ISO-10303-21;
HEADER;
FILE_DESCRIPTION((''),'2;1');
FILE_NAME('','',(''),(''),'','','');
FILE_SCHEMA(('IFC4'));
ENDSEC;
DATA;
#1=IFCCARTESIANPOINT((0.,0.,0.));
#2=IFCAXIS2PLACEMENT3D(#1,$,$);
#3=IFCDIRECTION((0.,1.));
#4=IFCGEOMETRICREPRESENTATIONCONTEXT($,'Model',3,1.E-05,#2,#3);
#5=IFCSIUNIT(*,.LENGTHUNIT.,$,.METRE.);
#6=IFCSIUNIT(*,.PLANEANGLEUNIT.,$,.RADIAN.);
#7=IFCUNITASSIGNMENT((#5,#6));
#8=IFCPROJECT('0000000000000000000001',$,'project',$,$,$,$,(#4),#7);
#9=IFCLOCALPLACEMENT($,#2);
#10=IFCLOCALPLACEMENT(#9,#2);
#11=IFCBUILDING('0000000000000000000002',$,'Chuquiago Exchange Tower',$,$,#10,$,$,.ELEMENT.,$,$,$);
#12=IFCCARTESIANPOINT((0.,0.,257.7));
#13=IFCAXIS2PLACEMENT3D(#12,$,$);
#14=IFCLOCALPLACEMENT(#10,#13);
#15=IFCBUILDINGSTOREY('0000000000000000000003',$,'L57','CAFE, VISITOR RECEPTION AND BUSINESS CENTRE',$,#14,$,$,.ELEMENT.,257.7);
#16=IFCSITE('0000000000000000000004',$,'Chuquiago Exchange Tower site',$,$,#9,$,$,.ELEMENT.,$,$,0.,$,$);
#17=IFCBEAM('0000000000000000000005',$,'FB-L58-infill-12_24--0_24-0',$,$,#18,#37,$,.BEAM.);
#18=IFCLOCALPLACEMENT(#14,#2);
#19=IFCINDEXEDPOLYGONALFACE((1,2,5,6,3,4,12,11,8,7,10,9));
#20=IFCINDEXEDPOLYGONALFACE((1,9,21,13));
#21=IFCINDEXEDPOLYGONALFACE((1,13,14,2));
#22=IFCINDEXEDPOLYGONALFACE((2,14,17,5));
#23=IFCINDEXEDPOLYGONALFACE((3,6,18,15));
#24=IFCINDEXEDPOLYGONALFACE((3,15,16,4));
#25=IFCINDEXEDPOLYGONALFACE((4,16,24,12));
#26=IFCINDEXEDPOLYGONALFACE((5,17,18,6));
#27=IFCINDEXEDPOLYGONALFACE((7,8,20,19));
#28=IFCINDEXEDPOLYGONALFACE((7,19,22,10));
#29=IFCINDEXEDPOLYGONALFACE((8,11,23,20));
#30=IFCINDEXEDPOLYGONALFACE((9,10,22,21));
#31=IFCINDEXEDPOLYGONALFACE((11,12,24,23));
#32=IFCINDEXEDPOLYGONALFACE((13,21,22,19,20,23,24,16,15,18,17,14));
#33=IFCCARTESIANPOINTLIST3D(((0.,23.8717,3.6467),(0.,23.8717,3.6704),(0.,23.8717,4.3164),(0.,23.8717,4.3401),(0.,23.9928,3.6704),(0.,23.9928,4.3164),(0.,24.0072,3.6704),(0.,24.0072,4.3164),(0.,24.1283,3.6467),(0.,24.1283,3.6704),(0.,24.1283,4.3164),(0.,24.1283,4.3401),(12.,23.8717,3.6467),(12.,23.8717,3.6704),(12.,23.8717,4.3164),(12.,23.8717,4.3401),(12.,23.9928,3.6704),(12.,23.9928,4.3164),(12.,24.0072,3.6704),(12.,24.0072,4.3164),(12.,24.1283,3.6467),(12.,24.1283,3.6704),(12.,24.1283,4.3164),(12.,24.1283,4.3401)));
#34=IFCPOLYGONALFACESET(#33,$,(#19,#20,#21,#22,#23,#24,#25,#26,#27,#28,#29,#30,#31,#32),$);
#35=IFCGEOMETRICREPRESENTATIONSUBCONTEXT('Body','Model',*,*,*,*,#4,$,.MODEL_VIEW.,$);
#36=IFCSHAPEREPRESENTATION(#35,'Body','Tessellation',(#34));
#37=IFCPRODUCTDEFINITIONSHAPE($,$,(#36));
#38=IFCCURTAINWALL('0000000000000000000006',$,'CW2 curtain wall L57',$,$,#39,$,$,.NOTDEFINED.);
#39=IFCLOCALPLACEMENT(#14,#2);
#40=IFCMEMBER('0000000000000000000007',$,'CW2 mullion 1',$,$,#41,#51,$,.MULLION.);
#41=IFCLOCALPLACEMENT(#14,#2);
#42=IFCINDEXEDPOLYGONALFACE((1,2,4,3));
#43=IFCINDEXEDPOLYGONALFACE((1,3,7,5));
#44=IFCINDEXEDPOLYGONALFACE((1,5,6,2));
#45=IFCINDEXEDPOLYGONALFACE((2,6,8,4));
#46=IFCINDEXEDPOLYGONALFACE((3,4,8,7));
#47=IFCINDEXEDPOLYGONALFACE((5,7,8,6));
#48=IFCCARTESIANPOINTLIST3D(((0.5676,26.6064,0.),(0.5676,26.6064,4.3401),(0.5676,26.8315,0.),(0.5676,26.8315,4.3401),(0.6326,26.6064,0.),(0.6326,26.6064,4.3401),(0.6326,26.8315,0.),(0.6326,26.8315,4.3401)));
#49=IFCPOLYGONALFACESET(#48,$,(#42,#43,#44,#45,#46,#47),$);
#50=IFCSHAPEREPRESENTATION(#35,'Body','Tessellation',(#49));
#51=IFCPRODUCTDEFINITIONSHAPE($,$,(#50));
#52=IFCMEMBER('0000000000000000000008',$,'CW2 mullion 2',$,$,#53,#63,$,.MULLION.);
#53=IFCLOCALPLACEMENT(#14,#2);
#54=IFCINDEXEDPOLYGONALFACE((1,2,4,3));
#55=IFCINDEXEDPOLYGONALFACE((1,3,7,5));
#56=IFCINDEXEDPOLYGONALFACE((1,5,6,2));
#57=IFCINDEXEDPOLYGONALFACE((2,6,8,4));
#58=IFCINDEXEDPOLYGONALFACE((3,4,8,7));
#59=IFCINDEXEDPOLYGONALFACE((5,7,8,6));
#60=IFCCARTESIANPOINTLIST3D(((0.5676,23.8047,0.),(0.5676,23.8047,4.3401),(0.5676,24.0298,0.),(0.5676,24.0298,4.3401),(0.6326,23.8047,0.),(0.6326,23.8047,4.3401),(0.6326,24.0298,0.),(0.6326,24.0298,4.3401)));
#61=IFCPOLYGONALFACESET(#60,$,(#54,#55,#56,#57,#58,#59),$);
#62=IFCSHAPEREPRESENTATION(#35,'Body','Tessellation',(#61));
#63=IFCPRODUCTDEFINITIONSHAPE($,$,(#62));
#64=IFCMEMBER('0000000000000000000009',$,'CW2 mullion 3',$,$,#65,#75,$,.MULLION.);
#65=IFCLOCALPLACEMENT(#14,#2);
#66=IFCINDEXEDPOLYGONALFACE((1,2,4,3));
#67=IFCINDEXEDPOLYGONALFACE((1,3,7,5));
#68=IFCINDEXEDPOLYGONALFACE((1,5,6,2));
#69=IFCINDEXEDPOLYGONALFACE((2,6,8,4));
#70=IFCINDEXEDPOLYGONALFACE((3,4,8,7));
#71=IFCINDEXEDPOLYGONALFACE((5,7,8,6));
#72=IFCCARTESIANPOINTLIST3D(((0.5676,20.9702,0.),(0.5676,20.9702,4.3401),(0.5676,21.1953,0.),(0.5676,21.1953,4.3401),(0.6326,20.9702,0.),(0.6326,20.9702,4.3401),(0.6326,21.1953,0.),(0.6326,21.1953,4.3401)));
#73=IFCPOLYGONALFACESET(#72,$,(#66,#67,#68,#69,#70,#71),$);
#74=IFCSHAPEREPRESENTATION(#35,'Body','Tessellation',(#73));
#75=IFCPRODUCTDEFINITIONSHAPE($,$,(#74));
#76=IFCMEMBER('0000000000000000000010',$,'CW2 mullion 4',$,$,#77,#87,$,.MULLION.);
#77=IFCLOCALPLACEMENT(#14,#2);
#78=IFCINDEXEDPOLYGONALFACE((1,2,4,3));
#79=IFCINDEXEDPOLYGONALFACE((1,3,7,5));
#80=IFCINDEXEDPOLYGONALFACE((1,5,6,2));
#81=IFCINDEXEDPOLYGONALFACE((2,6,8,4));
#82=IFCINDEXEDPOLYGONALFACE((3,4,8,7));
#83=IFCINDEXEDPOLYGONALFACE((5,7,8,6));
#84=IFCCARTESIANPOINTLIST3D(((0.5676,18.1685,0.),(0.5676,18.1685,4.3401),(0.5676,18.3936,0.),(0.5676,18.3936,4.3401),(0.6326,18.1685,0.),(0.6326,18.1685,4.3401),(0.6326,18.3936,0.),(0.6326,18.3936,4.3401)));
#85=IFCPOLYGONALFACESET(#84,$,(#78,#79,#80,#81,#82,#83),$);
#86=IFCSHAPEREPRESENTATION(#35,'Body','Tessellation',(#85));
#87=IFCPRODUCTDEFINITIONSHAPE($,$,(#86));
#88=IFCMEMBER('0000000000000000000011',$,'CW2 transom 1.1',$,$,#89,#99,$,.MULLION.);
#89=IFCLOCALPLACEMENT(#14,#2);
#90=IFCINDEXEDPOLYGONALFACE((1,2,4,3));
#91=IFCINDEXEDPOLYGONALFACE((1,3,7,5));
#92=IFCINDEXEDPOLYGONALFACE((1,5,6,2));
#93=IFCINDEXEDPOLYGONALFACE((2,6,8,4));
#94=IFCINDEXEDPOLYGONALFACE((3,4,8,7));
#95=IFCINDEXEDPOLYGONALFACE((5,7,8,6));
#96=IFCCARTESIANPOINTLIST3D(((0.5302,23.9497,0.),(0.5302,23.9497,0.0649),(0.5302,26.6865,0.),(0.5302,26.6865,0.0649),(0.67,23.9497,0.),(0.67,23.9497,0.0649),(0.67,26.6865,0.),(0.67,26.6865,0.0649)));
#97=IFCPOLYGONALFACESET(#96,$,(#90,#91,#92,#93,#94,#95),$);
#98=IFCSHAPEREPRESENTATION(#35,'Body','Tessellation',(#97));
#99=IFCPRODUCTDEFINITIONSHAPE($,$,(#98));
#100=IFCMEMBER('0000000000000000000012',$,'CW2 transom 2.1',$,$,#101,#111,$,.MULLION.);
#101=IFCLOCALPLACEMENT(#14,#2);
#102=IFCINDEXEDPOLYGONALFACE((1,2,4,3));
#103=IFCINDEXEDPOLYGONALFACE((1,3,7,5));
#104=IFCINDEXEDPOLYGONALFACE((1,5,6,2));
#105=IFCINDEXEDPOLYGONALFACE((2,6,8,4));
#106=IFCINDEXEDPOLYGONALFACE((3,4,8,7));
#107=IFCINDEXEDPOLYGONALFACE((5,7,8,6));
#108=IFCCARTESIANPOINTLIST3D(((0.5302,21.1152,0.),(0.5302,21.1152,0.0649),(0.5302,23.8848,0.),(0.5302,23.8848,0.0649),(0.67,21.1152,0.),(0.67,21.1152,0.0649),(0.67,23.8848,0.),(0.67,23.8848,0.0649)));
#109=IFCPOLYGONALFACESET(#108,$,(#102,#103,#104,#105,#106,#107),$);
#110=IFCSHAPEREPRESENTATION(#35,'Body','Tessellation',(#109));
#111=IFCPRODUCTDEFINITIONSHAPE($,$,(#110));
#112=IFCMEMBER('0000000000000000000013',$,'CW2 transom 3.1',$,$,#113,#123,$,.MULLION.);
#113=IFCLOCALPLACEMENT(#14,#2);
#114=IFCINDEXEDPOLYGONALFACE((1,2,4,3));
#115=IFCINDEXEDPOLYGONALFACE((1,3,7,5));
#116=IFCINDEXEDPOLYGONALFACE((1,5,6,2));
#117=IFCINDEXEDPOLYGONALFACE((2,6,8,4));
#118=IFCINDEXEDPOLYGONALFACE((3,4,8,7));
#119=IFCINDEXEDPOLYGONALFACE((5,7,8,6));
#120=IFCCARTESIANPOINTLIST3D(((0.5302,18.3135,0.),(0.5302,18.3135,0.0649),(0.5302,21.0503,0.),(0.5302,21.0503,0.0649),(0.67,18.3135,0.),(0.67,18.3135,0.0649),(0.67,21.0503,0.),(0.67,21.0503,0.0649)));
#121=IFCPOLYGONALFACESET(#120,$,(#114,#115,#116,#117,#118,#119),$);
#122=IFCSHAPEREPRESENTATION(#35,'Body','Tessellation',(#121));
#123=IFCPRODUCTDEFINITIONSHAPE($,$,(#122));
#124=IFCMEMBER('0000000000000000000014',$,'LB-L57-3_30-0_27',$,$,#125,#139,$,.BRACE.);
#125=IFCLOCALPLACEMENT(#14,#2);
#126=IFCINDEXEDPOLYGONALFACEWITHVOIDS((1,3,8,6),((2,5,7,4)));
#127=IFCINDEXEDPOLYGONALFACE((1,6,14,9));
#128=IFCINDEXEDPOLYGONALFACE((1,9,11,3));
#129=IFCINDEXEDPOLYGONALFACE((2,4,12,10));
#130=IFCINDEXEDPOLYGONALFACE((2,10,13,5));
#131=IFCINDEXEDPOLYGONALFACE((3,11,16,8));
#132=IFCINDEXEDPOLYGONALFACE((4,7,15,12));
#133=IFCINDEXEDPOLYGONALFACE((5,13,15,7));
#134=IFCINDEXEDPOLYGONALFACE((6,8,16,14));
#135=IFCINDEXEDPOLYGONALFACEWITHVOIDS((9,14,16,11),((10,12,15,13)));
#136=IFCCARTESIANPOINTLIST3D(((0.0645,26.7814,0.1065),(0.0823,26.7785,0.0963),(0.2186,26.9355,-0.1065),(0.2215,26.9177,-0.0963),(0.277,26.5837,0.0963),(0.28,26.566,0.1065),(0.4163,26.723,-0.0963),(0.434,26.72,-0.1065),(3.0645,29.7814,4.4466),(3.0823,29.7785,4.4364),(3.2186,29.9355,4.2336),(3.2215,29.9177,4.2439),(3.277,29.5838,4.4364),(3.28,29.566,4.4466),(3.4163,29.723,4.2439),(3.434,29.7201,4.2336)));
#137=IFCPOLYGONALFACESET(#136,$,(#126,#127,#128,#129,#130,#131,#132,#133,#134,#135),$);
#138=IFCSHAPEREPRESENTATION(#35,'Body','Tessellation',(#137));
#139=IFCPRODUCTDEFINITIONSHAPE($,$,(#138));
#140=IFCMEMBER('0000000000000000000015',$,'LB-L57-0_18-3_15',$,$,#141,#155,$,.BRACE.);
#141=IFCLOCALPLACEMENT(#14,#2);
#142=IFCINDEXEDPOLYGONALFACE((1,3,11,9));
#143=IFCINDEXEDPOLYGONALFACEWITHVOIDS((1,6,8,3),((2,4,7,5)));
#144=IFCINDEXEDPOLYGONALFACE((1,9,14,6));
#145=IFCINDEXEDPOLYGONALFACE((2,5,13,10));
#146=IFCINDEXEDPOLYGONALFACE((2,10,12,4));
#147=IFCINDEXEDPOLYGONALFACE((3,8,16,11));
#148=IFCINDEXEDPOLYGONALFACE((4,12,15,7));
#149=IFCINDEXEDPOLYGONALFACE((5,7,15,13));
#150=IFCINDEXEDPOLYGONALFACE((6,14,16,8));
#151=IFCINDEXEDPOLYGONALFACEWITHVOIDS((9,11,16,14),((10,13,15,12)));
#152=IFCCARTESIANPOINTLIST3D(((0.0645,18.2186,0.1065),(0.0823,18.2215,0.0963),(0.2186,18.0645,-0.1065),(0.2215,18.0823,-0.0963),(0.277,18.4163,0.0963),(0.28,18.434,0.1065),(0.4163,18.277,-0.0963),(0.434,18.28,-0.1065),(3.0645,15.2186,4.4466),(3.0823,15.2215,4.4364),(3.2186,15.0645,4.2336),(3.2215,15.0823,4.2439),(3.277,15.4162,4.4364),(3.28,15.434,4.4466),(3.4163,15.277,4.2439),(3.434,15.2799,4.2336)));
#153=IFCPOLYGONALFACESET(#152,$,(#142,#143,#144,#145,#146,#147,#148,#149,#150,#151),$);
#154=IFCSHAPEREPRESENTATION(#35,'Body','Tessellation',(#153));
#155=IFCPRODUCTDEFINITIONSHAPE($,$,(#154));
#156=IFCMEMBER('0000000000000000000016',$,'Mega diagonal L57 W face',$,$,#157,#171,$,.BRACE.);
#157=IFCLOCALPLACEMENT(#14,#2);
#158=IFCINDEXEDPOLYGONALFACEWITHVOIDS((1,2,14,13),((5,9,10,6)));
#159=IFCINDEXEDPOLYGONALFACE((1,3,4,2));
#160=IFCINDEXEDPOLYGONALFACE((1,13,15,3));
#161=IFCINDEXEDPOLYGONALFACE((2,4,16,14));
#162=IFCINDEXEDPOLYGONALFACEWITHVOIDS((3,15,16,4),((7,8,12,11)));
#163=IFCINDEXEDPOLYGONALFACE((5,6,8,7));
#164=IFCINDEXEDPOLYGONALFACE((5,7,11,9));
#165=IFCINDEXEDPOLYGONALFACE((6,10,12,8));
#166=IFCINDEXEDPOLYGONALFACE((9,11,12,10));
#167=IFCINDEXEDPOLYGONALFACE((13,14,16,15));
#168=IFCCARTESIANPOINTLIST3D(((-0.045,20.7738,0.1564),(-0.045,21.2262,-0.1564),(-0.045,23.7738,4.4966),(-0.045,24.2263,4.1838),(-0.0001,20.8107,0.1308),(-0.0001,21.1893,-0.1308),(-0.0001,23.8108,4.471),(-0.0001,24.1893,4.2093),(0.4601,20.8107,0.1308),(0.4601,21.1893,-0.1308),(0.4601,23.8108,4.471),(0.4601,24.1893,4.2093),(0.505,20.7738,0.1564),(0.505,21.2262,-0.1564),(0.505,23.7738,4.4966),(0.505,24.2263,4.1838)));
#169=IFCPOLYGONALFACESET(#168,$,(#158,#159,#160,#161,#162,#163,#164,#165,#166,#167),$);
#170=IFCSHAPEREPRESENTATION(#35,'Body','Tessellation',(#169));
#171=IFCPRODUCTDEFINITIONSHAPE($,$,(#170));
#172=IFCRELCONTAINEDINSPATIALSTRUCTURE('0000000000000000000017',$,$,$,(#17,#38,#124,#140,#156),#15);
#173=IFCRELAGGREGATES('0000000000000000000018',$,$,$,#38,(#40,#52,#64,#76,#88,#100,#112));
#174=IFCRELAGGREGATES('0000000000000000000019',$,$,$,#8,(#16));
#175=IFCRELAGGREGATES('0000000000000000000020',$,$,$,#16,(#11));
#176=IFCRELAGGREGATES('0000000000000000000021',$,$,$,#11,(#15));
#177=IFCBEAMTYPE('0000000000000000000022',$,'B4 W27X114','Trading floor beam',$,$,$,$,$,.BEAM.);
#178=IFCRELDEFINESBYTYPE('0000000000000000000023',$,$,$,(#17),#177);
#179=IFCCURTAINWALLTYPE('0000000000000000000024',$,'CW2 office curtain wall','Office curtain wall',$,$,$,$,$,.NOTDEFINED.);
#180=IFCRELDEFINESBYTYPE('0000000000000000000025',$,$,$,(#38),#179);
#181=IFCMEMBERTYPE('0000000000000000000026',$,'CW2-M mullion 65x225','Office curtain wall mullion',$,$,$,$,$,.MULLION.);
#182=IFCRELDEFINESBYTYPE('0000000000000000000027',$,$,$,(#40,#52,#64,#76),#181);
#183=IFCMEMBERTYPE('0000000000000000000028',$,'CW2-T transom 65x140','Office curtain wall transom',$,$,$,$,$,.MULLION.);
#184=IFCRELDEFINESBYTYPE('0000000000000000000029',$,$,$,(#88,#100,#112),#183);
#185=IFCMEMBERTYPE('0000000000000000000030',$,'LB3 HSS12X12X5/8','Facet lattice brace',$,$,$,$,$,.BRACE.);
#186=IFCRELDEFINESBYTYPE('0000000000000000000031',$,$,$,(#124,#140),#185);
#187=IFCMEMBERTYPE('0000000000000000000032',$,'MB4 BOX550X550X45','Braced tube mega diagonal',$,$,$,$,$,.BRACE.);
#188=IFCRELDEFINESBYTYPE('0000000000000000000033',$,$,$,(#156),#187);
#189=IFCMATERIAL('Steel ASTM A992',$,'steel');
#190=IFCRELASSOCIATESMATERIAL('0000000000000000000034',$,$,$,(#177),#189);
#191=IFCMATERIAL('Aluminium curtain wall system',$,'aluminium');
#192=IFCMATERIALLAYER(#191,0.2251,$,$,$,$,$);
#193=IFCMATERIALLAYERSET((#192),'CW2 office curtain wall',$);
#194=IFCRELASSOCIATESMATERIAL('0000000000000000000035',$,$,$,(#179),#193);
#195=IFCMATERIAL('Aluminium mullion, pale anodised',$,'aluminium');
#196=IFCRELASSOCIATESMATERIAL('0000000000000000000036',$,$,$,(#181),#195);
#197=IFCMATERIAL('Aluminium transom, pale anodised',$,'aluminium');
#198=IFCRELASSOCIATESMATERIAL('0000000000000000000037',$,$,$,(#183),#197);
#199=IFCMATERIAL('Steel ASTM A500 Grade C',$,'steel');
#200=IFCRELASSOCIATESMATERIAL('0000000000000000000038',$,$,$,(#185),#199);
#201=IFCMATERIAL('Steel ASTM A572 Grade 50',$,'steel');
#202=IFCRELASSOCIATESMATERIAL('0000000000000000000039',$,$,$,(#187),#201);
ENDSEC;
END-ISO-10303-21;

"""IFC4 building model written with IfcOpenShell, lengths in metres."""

from ifc_helpers import new_model, si_unit, direction, frame, origin, origin_2d, place, context, subcontext, project, spatial, rectangle, hollow_rectangle, i_section, extrude, material, layer, layer_set, material_profile, profile_set, type_object, element, aggregate, save


model = new_model("IFC4")

# Units and contexts
model_context = context("Model", 3, precision=1e-05, world=origin(), true_north=direction((0.0, 1.0)))
body_context = subcontext(model_context, "Body", "Model", "MODEL_VIEW")
ifc_project = project(units=[si_unit("LENGTHUNIT", "METRE"), si_unit("PLANEANGLEUNIT", "RADIAN")], contexts=[model_context])

# Site, building, storey
site_placement = place(None, origin())
site = spatial("IfcSite", under=ifc_project, at=site_placement, Name="Chuquiago Exchange Tower site", CompositionType="ELEMENT", RefElevation=0.0)
building_placement = place(site_placement, origin())
building = spatial("IfcBuilding", under=site, at=building_placement, Name="Chuquiago Exchange Tower", CompositionType="ELEMENT")
storey_placement = place(building_placement, frame((0.0, 0.0, 257.7)))
storey = spatial("IfcBuildingStorey", under=building, at=storey_placement, Name="L57", Description="CAFE, VISITOR RECEPTION AND BUSINESS CENTRE", CompositionType="ELEMENT", Elevation=257.7)

# Beam
ifc_material_1 = material(Name="Steel ASTM A992", Category="steel")
ifc_material_profile_1 = material_profile(ifc_material_1, i_section(OverallWidth=0.2566, OverallDepth=0.6934, WebThickness=0.0144, FlangeThickness=0.0237, at=origin_2d()), Name="W27X114")
ifc_profile_set_1 = profile_set([ifc_material_profile_1], Name="Steel ASTM A992")
beam_type_1 = type_object("IfcBeamType", Name="B4 W27X114", Description="Trading floor beam", PredefinedType="BEAM", material=ifc_profile_set_1)
for number, where, z_axis, x_axis, name in (
    (1, (12.0, 24.0, 3.9934), (-1.0, 0.0, 0.0), (0.0, -1.0, 0.0), "FB-L58-infill-12_24--0_24-0"),
):
    element("IfcBeam", number, at=place(storey_placement, frame(where, z_axis=z_axis, x_axis=x_axis)), inside=storey, type_object=beam_type_1, Name=name, PredefinedType="BEAM", context=body_context, shape_type="SweptSolid", body=[
        extrude(i_section(OverallWidth=0.2566, OverallDepth=0.6934, WebThickness=0.0144, FlangeThickness=0.0237, at=origin_2d()), origin(), (0.0, 0.0, 1.0), 12.0),
    ])

# Curtain wall, members
ifc_material_2 = material(Name="Aluminium curtain wall system", Category="aluminium")
ifc_layer_1 = layer(ifc_material_2, 0.2251)
ifc_layer_set_1 = layer_set([ifc_layer_1], Name="CW2 office curtain wall")
curtain_wall_type = type_object("IfcCurtainWallType", Name="CW2 office curtain wall", Description="Office curtain wall", PredefinedType="NOTDEFINED", material=ifc_layer_set_1)
curtain_wall_placement = place(storey_placement, origin())
curtain_wall = element("IfcCurtainWall", 2, at=curtain_wall_placement, inside=storey, type_object=curtain_wall_type, Name="CW2 curtain wall L57", PredefinedType="NOTDEFINED")
ifc_material_3 = material(Name="Aluminium mullion, pale anodised", Category="aluminium")
ifc_material_profile_2 = material_profile(ifc_material_3, rectangle(XDim=0.0649, YDim=0.2251, at=origin_2d()), Name="AL 65x225")
ifc_profile_set_2 = profile_set([ifc_material_profile_2], Name="Aluminium mullion, pale anodised")
member_type_1 = type_object("IfcMemberType", Name="CW2-M mullion 65x225", Description="Office curtain wall mullion", PredefinedType="MULLION", material=ifc_profile_set_2)
member_1_placement = place(storey_placement, frame((0.6001, 26.719, 0.0), z_axis=(0.0, 0.0, 1.0), x_axis=(1.0, 0.0, 0.0)))
member_1 = element("IfcMember", 3, at=member_1_placement, type_object=member_type_1, Name="CW2 mullion 1", PredefinedType="MULLION", context=body_context, shape_type="SweptSolid", body=[
    extrude(rectangle(XDim=0.0649, YDim=0.2251, at=origin_2d()), origin(), (0.0, 0.0, 1.0), 4.3401),
])
member_2_placement = place(storey_placement, frame((0.6001, 23.9172, 0.0), z_axis=(0.0, 0.0, 1.0), x_axis=(1.0, 0.0, 0.0)))
member_2 = element("IfcMember", 4, at=member_2_placement, type_object=member_type_1, Name="CW2 mullion 2", PredefinedType="MULLION", context=body_context, shape_type="SweptSolid", body=[
    extrude(rectangle(XDim=0.0649, YDim=0.2251, at=origin_2d()), origin(), (0.0, 0.0, 1.0), 4.3401),
])
member_3_placement = place(storey_placement, frame((0.6001, 21.0828, 0.0), z_axis=(0.0, 0.0, 1.0), x_axis=(1.0, 0.0, 0.0)))
member_3 = element("IfcMember", 5, at=member_3_placement, type_object=member_type_1, Name="CW2 mullion 3", PredefinedType="MULLION", context=body_context, shape_type="SweptSolid", body=[
    extrude(rectangle(XDim=0.0649, YDim=0.2251, at=origin_2d()), origin(), (0.0, 0.0, 1.0), 4.3401),
])
member_4_placement = place(storey_placement, frame((0.6001, 18.281, 0.0), z_axis=(0.0, 0.0, 1.0), x_axis=(1.0, 0.0, 0.0)))
member_4 = element("IfcMember", 6, at=member_4_placement, type_object=member_type_1, Name="CW2 mullion 4", PredefinedType="MULLION", context=body_context, shape_type="SweptSolid", body=[
    extrude(rectangle(XDim=0.0649, YDim=0.2251, at=origin_2d()), origin(), (0.0, 0.0, 1.0), 4.3401),
])
ifc_material_4 = material(Name="Aluminium transom, pale anodised", Category="aluminium")
ifc_material_profile_3 = material_profile(ifc_material_4, rectangle(XDim=0.1399, YDim=0.0649, at=origin_2d()), Name="AL 140x65")
ifc_profile_set_3 = profile_set([ifc_material_profile_3], Name="Aluminium transom, pale anodised")
member_type_2 = type_object("IfcMemberType", Name="CW2-T transom 65x140", Description="Office curtain wall transom", PredefinedType="MULLION", material=ifc_profile_set_3)
member_5_placement = place(storey_placement, frame((0.6001, 26.6865, 0.0325), z_axis=(0.0, -1.0, 0.0), x_axis=(1.0, 0.0, 0.0)))
member_5 = element("IfcMember", 7, at=member_5_placement, type_object=member_type_2, Name="CW2 transom 1.1", PredefinedType="MULLION", context=body_context, shape_type="SweptSolid", body=[
    extrude(rectangle(XDim=0.1399, YDim=0.0649, at=origin_2d()), origin(), (0.0, 0.0, 1.0), 2.7368),
])
member_6_placement = place(storey_placement, frame((0.6001, 23.8848, 0.0325), z_axis=(0.0, -1.0, 0.0), x_axis=(1.0, 0.0, 0.0)))
member_6 = element("IfcMember", 8, at=member_6_placement, type_object=member_type_2, Name="CW2 transom 2.1", PredefinedType="MULLION", context=body_context, shape_type="SweptSolid", body=[
    extrude(rectangle(XDim=0.1399, YDim=0.0649, at=origin_2d()), origin(), (0.0, 0.0, 1.0), 2.7695),
])
member_7_placement = place(storey_placement, frame((0.6001, 21.0503, 0.0325), z_axis=(0.0, -1.0, 0.0), x_axis=(1.0, 0.0, 0.0)))
member_7 = element("IfcMember", 9, at=member_7_placement, type_object=member_type_2, Name="CW2 transom 3.1", PredefinedType="MULLION", context=body_context, shape_type="SweptSolid", body=[
    extrude(rectangle(XDim=0.1399, YDim=0.0649, at=origin_2d()), origin(), (0.0, 0.0, 1.0), 2.7368),
])

# Members
ifc_material_5 = material(Name="Steel ASTM A500 Grade C", Category="steel")
ifc_material_profile_4 = material_profile(ifc_material_5, hollow_rectangle(XDim=0.3047, YDim=0.3047, WallThickness=0.0146, at=origin_2d()), Name="HSS12X12X5/8")
ifc_profile_set_4 = profile_set([ifc_material_profile_4], Name="Steel ASTM A500 Grade C")
member_type_3 = type_object("IfcMemberType", Name="LB3 HSS12X12X5/8", Description="Facet lattice brace", PredefinedType="BRACE", material=ifc_profile_set_4)
for number, where, z_axis, x_axis, name in (
    (10, (0.2493, 26.7507, 0.0), (0.494291, 0.494291, 0.715089), (-0.707107, 0.707107, 0.0), "LB-L57-3_30-0_27"),
    (11, (0.2493, 18.2493, 0.0), (0.494291, -0.494291, 0.715089), (0.707107, 0.707107, 0.0), "LB-L57-0_18-3_15"),
):
    element("IfcMember", number, at=place(storey_placement, frame(where, z_axis=z_axis, x_axis=x_axis)), inside=storey, type_object=member_type_3, Name=name, PredefinedType="BRACE", context=body_context, shape_type="SweptSolid", body=[
        extrude(hollow_rectangle(XDim=0.3047, YDim=0.3047, WallThickness=0.0146, at=origin_2d()), origin(), (0.0, 0.0, 1.0), 6.0693),
    ])
ifc_material_6 = material(Name="Steel ASTM A572 Grade 50", Category="steel")
ifc_material_profile_5 = material_profile(ifc_material_6, hollow_rectangle(XDim=0.55, YDim=0.55, WallThickness=0.0449, at=origin_2d()), Name="BOX550X550X45")
ifc_profile_set_5 = profile_set([ifc_material_profile_5], Name="Steel ASTM A572 Grade 50")
member_type_4 = type_object("IfcMemberType", Name="MB4 BOX550X550X45", Description="Braced tube mega diagonal", PredefinedType="BRACE", material=ifc_profile_set_5)
member_8_placement = place(storey_placement, frame((0.23, 21.0, 0.0), z_axis=(0.0, 0.568611, 0.822607), x_axis=(-1.0, 0.0, 0.0)))
element("IfcMember", 12, at=member_8_placement, inside=storey, type_object=member_type_4, Name="Mega diagonal L57 W face", PredefinedType="BRACE", context=body_context, shape_type="SweptSolid", body=[
    extrude(hollow_rectangle(XDim=0.55, YDim=0.55, WallThickness=0.0449, at=origin_2d()), origin(), (0.0, 0.0, 1.0), 5.2761),
])

aggregate(curtain_wall, [member_1, member_2, member_3, member_4, member_5, member_6, member_7])

save(model, "model.ifc")
